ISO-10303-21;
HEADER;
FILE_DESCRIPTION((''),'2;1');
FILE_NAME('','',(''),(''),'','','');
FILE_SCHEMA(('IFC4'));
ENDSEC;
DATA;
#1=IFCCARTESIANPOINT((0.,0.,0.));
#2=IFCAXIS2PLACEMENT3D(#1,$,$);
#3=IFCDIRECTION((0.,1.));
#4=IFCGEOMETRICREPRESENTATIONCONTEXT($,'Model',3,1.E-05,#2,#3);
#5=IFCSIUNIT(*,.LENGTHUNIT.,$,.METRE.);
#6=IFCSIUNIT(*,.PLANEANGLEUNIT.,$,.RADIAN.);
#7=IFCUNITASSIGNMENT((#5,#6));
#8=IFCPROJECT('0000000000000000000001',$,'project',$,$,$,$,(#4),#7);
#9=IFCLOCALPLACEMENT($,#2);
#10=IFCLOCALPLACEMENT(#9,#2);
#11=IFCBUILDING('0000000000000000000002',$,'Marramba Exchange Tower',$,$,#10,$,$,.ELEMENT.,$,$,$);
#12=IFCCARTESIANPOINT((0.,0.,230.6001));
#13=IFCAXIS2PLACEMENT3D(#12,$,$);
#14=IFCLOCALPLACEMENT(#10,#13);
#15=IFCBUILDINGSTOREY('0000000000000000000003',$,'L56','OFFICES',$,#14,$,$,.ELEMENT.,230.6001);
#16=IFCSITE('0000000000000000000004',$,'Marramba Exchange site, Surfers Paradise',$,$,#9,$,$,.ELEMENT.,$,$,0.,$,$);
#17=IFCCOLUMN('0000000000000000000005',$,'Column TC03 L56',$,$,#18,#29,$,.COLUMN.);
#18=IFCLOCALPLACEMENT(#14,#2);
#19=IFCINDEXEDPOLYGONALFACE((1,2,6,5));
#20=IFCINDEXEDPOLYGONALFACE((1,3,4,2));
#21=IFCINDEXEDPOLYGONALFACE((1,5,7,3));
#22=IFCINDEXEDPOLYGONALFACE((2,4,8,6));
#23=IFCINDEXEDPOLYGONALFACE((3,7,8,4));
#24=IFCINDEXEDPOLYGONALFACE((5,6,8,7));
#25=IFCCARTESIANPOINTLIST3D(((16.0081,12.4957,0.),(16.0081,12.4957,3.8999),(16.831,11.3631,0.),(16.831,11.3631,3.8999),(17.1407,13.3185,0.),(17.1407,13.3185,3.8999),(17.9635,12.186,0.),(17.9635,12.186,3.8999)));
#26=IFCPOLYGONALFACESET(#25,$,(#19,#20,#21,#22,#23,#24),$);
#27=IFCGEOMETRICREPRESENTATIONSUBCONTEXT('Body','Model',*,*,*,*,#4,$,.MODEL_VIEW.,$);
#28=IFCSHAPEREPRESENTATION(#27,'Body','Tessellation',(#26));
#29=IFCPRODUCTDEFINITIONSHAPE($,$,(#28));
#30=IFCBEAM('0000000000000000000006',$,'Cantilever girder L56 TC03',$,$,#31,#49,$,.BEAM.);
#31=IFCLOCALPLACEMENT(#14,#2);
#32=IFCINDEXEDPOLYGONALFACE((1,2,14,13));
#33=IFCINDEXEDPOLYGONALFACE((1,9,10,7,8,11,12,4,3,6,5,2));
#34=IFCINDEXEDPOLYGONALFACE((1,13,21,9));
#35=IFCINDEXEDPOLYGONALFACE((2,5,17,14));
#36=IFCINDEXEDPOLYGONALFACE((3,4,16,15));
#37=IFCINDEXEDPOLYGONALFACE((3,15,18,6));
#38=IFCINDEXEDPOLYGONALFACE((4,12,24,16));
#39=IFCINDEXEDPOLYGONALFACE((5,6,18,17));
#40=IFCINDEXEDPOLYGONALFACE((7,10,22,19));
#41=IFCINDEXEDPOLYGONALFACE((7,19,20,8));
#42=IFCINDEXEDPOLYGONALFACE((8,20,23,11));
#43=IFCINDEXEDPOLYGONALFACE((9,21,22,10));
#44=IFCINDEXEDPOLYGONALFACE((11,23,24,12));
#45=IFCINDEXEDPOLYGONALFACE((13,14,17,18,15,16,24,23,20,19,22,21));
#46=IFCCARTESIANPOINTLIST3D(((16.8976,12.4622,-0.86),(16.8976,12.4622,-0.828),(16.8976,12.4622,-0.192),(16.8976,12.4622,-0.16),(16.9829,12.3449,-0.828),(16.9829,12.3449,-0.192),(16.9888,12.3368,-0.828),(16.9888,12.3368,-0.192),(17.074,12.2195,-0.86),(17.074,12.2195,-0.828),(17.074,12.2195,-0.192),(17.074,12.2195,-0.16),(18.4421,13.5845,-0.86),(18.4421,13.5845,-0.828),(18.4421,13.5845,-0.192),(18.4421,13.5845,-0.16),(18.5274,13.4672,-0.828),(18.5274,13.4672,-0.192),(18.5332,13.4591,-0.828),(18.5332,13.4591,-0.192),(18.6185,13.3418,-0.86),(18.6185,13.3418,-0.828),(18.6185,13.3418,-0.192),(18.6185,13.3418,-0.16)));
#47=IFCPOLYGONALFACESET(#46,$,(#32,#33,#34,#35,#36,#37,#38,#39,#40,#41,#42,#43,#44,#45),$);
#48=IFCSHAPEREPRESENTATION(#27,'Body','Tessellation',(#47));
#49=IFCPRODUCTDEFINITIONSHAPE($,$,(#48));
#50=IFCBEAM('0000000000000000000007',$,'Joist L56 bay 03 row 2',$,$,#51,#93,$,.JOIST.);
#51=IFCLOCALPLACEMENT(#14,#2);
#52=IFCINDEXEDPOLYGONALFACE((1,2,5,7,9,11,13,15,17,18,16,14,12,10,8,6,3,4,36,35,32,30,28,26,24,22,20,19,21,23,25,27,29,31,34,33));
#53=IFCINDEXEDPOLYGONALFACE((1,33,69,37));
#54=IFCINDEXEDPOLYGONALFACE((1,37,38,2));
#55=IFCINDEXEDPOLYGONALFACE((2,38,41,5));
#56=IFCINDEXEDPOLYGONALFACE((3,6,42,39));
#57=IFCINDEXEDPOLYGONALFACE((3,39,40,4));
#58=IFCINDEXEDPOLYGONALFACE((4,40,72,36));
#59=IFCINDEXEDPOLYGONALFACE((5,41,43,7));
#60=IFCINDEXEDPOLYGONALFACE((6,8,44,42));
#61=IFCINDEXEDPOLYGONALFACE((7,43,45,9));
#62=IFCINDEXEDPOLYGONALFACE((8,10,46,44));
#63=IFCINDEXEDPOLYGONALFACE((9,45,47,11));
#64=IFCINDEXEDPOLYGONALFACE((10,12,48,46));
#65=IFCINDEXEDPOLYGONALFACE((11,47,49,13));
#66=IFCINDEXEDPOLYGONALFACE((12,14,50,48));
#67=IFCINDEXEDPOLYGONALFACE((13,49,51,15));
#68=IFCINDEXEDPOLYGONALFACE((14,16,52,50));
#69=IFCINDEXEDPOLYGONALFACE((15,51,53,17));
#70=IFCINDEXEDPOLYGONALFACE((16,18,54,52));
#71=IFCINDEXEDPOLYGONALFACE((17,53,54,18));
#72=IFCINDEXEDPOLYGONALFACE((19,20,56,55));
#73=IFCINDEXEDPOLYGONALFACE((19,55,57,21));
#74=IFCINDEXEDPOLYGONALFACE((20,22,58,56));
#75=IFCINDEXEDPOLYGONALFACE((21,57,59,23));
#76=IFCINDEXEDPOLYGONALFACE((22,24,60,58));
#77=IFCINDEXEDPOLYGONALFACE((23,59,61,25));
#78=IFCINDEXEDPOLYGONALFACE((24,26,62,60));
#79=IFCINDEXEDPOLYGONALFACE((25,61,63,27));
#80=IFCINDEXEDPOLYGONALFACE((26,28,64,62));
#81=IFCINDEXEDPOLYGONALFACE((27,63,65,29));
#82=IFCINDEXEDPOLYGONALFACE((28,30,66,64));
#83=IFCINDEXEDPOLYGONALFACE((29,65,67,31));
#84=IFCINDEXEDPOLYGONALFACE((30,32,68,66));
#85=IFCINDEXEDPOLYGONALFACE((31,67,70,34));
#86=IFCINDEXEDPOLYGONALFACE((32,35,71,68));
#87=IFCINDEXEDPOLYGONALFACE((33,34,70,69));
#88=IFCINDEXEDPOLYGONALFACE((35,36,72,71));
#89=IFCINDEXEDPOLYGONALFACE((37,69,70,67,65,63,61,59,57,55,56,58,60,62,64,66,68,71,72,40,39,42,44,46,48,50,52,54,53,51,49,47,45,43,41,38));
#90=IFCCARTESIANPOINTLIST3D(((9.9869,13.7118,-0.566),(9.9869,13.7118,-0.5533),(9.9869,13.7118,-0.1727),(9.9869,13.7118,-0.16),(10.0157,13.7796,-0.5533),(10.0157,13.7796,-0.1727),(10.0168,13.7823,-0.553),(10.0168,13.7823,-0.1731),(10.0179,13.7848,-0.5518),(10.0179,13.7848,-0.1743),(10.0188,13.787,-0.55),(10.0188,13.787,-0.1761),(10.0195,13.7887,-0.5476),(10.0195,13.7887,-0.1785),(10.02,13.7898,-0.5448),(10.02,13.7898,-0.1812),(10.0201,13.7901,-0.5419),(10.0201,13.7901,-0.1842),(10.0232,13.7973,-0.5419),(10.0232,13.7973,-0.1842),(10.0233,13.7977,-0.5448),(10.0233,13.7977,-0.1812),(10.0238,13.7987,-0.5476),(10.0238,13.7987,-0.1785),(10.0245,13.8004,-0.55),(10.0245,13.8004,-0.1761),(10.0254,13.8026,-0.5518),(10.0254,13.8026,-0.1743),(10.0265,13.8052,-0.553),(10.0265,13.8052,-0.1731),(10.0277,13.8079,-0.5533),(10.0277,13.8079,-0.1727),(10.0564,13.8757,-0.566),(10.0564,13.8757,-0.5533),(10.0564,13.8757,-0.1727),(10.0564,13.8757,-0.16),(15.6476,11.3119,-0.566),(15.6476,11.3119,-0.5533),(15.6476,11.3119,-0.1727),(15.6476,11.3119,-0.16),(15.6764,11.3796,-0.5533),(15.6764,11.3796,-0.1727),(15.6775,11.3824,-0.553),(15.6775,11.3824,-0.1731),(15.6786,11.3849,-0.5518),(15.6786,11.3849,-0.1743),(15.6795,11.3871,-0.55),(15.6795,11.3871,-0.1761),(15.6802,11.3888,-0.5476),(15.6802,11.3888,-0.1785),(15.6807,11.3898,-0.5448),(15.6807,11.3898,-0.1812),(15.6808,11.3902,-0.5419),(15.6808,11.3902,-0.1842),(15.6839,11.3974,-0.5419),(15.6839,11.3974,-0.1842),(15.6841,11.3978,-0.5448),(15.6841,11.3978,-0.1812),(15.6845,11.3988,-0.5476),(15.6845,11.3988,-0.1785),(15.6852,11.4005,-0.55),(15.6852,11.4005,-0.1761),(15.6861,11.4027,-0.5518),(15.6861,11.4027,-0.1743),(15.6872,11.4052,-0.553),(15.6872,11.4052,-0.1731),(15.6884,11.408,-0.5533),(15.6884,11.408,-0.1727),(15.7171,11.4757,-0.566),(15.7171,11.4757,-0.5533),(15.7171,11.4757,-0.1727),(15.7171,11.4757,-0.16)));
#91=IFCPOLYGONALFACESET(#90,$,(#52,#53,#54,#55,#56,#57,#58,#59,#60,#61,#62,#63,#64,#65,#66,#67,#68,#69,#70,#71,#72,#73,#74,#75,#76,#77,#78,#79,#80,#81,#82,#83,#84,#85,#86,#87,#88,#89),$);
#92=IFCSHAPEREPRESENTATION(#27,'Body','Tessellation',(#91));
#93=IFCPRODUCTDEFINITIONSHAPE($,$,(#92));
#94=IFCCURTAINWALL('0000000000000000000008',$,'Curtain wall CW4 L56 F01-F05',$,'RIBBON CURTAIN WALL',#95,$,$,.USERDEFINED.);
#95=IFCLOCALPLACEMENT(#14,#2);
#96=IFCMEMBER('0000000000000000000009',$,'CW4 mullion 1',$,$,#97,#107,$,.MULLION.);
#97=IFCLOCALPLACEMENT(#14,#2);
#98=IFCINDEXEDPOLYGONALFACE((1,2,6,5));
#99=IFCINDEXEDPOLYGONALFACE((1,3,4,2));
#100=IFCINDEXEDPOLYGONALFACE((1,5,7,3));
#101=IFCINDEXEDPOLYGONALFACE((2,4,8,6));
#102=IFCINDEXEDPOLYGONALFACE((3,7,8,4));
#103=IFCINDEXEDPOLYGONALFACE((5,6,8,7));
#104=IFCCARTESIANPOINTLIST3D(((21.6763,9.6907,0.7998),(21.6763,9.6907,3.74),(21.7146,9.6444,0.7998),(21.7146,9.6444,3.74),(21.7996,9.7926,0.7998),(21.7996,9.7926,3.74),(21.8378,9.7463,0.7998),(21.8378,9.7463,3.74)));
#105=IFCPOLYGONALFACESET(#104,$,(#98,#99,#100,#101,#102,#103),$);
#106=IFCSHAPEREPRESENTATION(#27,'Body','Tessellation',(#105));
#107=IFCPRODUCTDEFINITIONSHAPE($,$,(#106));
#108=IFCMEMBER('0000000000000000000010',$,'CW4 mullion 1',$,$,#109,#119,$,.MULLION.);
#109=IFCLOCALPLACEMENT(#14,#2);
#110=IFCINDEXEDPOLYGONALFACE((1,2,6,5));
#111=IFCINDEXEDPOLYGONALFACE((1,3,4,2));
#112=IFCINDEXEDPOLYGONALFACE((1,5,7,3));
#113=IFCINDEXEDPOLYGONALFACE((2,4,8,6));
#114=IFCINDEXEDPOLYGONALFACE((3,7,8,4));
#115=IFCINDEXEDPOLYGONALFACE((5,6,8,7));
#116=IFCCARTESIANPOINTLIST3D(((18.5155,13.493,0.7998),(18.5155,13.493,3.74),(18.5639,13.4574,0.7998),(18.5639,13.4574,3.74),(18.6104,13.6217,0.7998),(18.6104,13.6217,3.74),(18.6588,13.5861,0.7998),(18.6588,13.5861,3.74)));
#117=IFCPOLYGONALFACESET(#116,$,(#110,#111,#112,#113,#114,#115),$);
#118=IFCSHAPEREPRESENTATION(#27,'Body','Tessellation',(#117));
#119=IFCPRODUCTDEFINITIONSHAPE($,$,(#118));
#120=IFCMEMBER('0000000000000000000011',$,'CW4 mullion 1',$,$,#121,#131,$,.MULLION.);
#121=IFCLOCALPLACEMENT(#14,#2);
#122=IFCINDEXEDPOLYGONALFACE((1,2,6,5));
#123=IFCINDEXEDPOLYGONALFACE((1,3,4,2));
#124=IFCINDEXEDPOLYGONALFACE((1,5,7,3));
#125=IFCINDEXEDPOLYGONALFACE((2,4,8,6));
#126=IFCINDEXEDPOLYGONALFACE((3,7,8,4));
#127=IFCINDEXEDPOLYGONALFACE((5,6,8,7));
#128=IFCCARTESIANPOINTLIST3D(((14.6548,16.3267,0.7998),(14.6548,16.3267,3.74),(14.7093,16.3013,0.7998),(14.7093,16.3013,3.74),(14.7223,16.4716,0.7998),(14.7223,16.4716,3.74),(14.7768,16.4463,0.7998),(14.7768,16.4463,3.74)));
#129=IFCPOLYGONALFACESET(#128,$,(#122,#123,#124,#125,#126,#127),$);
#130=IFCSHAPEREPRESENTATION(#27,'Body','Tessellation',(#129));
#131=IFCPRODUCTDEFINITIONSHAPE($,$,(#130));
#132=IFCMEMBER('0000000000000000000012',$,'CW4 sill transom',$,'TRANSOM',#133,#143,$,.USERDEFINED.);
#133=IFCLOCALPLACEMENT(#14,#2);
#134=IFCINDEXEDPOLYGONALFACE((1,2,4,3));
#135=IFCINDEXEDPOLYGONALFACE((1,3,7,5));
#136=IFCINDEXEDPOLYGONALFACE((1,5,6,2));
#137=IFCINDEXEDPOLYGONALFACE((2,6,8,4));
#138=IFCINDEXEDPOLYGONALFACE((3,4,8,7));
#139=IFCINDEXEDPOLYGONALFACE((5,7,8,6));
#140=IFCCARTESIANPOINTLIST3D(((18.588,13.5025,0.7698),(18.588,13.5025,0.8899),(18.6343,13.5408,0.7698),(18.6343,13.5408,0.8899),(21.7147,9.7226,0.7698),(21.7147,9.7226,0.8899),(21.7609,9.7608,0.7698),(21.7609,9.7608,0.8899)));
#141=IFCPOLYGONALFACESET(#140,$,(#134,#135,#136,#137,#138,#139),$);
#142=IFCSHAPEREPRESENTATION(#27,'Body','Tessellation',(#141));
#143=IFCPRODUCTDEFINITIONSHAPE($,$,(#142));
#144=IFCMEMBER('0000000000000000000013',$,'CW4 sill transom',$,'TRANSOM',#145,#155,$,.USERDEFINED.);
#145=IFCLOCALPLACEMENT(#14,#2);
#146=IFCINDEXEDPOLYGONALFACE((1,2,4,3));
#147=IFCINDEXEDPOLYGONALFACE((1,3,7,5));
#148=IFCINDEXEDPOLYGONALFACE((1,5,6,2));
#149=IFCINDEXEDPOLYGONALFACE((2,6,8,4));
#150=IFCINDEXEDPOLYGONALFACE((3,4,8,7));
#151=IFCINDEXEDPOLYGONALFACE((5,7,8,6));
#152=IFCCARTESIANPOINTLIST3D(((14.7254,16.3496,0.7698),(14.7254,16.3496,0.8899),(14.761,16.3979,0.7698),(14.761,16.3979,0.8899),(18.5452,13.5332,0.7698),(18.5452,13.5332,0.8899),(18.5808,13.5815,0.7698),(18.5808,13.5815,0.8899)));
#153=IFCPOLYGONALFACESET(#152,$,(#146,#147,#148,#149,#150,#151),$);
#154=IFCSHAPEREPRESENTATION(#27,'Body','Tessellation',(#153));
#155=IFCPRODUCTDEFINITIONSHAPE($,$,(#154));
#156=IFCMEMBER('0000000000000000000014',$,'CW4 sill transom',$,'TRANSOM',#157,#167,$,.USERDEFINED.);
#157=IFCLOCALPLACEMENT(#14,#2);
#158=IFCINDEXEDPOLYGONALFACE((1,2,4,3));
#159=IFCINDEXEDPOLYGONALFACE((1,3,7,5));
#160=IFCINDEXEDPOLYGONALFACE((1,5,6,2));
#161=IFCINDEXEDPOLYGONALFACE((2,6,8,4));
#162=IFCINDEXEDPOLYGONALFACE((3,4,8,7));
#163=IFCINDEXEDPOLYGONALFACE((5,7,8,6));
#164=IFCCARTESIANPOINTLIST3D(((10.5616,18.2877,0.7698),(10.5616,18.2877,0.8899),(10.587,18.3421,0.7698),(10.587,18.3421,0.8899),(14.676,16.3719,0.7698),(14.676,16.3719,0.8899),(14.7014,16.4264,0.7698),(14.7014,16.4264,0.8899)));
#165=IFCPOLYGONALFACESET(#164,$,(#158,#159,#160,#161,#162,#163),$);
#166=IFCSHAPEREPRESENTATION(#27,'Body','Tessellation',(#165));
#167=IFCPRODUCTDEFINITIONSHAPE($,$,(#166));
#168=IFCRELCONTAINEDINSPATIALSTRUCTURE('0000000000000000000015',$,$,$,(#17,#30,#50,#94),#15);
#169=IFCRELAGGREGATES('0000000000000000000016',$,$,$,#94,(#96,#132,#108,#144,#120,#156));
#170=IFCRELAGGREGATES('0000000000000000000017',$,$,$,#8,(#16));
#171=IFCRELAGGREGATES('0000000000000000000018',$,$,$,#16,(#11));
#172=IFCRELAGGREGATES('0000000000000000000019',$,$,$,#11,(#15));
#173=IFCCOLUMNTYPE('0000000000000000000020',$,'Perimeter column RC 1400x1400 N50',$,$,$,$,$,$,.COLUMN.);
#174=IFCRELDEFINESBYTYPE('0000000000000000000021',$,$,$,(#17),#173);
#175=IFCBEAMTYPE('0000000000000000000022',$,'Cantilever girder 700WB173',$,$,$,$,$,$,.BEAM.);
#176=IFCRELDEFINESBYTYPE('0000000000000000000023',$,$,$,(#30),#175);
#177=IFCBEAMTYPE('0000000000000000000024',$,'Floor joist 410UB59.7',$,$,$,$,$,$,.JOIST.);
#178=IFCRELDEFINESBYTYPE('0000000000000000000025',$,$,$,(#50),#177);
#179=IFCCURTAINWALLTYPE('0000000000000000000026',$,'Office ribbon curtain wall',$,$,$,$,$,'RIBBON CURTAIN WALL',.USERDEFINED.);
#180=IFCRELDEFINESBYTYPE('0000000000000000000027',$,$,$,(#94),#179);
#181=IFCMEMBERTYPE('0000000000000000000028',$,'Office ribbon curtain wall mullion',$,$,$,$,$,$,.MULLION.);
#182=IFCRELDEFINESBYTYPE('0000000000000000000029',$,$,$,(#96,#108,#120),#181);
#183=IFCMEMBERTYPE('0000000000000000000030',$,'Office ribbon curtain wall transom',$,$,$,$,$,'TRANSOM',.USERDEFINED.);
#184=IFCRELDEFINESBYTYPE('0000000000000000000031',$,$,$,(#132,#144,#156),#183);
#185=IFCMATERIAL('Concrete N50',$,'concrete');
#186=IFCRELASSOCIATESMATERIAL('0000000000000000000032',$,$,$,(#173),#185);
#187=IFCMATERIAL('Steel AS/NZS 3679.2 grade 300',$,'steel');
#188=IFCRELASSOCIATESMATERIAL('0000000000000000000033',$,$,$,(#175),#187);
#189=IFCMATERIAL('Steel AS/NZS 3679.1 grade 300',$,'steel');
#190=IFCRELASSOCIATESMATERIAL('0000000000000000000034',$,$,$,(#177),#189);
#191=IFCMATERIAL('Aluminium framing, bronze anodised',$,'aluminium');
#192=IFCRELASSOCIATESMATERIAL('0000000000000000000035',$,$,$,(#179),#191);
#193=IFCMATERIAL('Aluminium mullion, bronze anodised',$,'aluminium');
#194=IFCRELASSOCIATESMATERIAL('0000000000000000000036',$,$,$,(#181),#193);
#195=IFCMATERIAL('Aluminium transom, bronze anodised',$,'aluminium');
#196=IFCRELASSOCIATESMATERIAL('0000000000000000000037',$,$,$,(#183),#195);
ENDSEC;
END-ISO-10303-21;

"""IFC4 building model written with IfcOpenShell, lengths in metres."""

from ifc_helpers import new_model, si_unit, direction, frame, origin, origin_2d, place, context, subcontext, project, spatial, rectangle, i_section, extrude, material, material_profile, profile_set, type_object, element, aggregate, save


model = new_model("IFC4")

# Units and contexts
model_context = context("Model", 3, precision=1e-05, world=origin(), true_north=direction((0.0, 1.0)))
body_context = subcontext(model_context, "Body", "Model", "MODEL_VIEW")
ifc_project = project(units=[si_unit("LENGTHUNIT", "METRE"), si_unit("PLANEANGLEUNIT", "RADIAN")], contexts=[model_context])

# Site, building, storey
site_placement = place(None, origin())
site = spatial("IfcSite", under=ifc_project, at=site_placement, Name="Marramba Exchange site, Surfers Paradise", CompositionType="ELEMENT", RefElevation=0.0)
building_placement = place(site_placement, origin())
building = spatial("IfcBuilding", under=site, at=building_placement, Name="Marramba Exchange Tower", CompositionType="ELEMENT")
storey_placement = place(building_placement, frame((0.0, 0.0, 230.6001)))
storey = spatial("IfcBuildingStorey", under=building, at=storey_placement, Name="L56", Description="OFFICES", CompositionType="ELEMENT", Elevation=230.6001)

# Column
ifc_material_1 = material(Name="Concrete N50", Category="concrete")
ifc_material_profile_1 = material_profile(ifc_material_1, rectangle(XDim=1.3999, YDim=1.3999, at=origin_2d()), Name="RC 1400x1400")
ifc_profile_set_1 = profile_set([ifc_material_profile_1], Name="Concrete N50")
column_type = type_object("IfcColumnType", Name="Perimeter column RC 1400x1400 N50", PredefinedType="COLUMN", material=ifc_profile_set_1)
column_placement = place(storey_placement, frame((16.9858, 12.3408, 0.0), z_axis=(0.0, 0.0, 1.0), x_axis=(0.809017, 0.587785, 0.0)))
element("IfcColumn", 1, at=column_placement, inside=storey, type_object=column_type, Name="Column TC03 L56", PredefinedType="COLUMN", context=body_context, shape_type="SweptSolid", body=[
    extrude(rectangle(XDim=1.3999, YDim=1.3999, at=origin_2d()), origin(), (0.0, 0.0, 1.0), 3.8999),
])

# Beams
ifc_material_2 = material(Name="Steel AS/NZS 3679.2 grade 300", Category="steel")
ifc_material_profile_2 = material_profile(ifc_material_2, i_section(OverallWidth=0.3, OverallDepth=0.7, WebThickness=0.01, FlangeThickness=0.032, at=origin_2d()), Name="700WB173")
ifc_profile_set_2 = profile_set([ifc_material_profile_2], Name="Steel AS/NZS 3679.2 grade 300")
beam_type_1 = type_object("IfcBeamType", Name="Cantilever girder 700WB173", PredefinedType="BEAM", material=ifc_profile_set_2)
beam_1_placement = place(storey_placement, frame((16.9858, 12.3408, -0.51), z_axis=(0.808963, 0.58786, 0.0), x_axis=(-0.58786, 0.808963, 0.0)))
element("IfcBeam", 2, at=beam_1_placement, inside=storey, type_object=beam_type_1, Name="Cantilever girder L56 TC03", PredefinedType="BEAM", context=body_context, shape_type="SweptSolid", body=[
    extrude(i_section(OverallWidth=0.3, OverallDepth=0.7, WebThickness=0.01, FlangeThickness=0.032, at=origin_2d()), origin(), (0.0, 0.0, 1.0), 1.9092),
])
ifc_material_3 = material(Name="Steel AS/NZS 3679.1 grade 300", Category="steel")
ifc_material_profile_3 = material_profile(ifc_material_3, i_section(OverallWidth=0.178, OverallDepth=0.406, WebThickness=0.0078, FlangeThickness=0.0127, FilletRadius=0.0115, at=origin_2d()), Name="410UB59.7")
ifc_profile_set_3 = profile_set([ifc_material_profile_3], Name="Steel AS/NZS 3679.1 grade 300")
beam_type_2 = type_object("IfcBeamType", Name="Floor joist 410UB59.7", PredefinedType="JOIST", material=ifc_profile_set_3)
beam_2_placement = place(storey_placement, frame((15.6824, 11.3938, -0.363), z_axis=(-0.920674, 0.390332, 0.0), x_axis=(-0.390332, -0.920674, 0.0)))
element("IfcBeam", 3, at=beam_2_placement, inside=storey, type_object=beam_type_2, Name="Joist L56 bay 03 row 2", PredefinedType="JOIST", context=body_context, shape_type="SweptSolid", body=[
    extrude(i_section(OverallWidth=0.178, OverallDepth=0.406, WebThickness=0.0078, FlangeThickness=0.0127, FilletRadius=0.0115, at=origin_2d()), origin(), (0.0, 0.0, 1.0), 6.1484),
])

# Curtain wall, members
ifc_material_4 = material(Name="Aluminium framing, bronze anodised", Category="aluminium")
curtain_wall_type = type_object("IfcCurtainWallType", Name="Office ribbon curtain wall", ElementType="RIBBON CURTAIN WALL", PredefinedType="USERDEFINED", material=ifc_material_4)
curtain_wall_placement = place(storey_placement, origin())
curtain_wall = element("IfcCurtainWall", 4, at=curtain_wall_placement, inside=storey, type_object=curtain_wall_type, Name="Curtain wall CW4 L56 F01-F05", ObjectType="RIBBON CURTAIN WALL", PredefinedType="USERDEFINED")
ifc_material_5 = material(Name="Aluminium mullion, bronze anodised", Category="aluminium")
ifc_material_profile_4 = material_profile(ifc_material_5, rectangle(XDim=0.1599, YDim=0.0601, at=origin_2d()), Name="CW4 mullion 60x160")
ifc_profile_set_4 = profile_set([ifc_material_profile_4], Name="Aluminium mullion, bronze anodised")
member_type_1 = type_object("IfcMemberType", Name="Office ribbon curtain wall mullion", PredefinedType="MULLION", material=ifc_profile_set_4)
member_1_placement = place(storey_placement, frame((21.7571, 9.7185, 0.7998), z_axis=(0.0, 0.0, 1.0), x_axis=(-0.770574, -0.63735, 0.0)))
member_1 = element("IfcMember", 5, at=member_1_placement, type_object=member_type_1, Name="CW4 mullion 1", PredefinedType="MULLION", context=body_context, shape_type="SweptSolid", body=[
    extrude(rectangle(XDim=0.1599, YDim=0.0601, at=origin_2d()), origin(), (0.0, 0.0, 1.0), 2.9402),
])
member_2_placement = place(storey_placement, frame((18.5872, 13.5396, 0.7998), z_axis=(0.0, 0.0, 1.0), x_axis=(-0.593441, -0.804877, 0.0)))
member_2 = element("IfcMember", 6, at=member_2_placement, type_object=member_type_1, Name="CW4 mullion 1", PredefinedType="MULLION", context=body_context, shape_type="SweptSolid", body=[
    extrude(rectangle(XDim=0.1599, YDim=0.0601, at=origin_2d()), origin(), (0.0, 0.0, 1.0), 2.9402),
])
member_3_placement = place(storey_placement, frame((14.7158, 16.3865, 0.7998), z_axis=(0.0, 0.0, 1.0), x_axis=(-0.422133, -0.906534, 0.0)))
member_3 = element("IfcMember", 7, at=member_3_placement, type_object=member_type_1, Name="CW4 mullion 1", PredefinedType="MULLION", context=body_context, shape_type="SweptSolid", body=[
    extrude(rectangle(XDim=0.1599, YDim=0.0601, at=origin_2d()), origin(), (0.0, 0.0, 1.0), 2.9402),
])
ifc_material_6 = material(Name="Aluminium transom, bronze anodised", Category="aluminium")
ifc_material_profile_5 = material_profile(ifc_material_6, rectangle(XDim=0.0601, YDim=0.1201, at=origin_2d()), Name="CW4 transom 60x120")
ifc_profile_set_5 = profile_set([ifc_material_profile_5], Name="Aluminium transom, bronze anodised")
member_type_2 = type_object("IfcMemberType", Name="Office ribbon curtain wall transom", ElementType="TRANSOM", PredefinedType="USERDEFINED", material=ifc_profile_set_5)
member_4_placement = place(storey_placement, frame((21.7378, 9.7417, 0.8298), z_axis=(-0.637375, 0.770554, 0.0), x_axis=(-0.770554, -0.637375, 0.0)))
member_4 = element("IfcMember", 8, at=member_4_placement, type_object=member_type_2, Name="CW4 sill transom", ObjectType="TRANSOM", PredefinedType="USERDEFINED", context=body_context, shape_type="SweptSolid", body=[
    extrude(rectangle(XDim=0.0601, YDim=0.1201, at=origin_2d()), origin(), (0.0, 0.0, 1.0), 4.9055),
])
member_5_placement = place(storey_placement, frame((18.563, 13.5574, 0.8298), z_axis=(-0.804875, 0.593445, 0.0), x_axis=(-0.593445, -0.804875, 0.0)))
member_5 = element("IfcMember", 9, at=member_5_placement, type_object=member_type_2, Name="CW4 sill transom", ObjectType="TRANSOM", PredefinedType="USERDEFINED", context=body_context, shape_type="SweptSolid", body=[
    extrude(rectangle(XDim=0.0601, YDim=0.1201, at=origin_2d()), origin(), (0.0, 0.0, 1.0), 4.7458),
])
member_6_placement = place(storey_placement, frame((14.6887, 16.3992, 0.8298), z_axis=(-0.906548, 0.422102, 0.0), x_axis=(-0.422102, -0.906548, 0.0)))
member_6 = element("IfcMember", 10, at=member_6_placement, type_object=member_type_2, Name="CW4 sill transom", ObjectType="TRANSOM", PredefinedType="USERDEFINED", context=body_context, shape_type="SweptSolid", body=[
    extrude(rectangle(XDim=0.0601, YDim=0.1201, at=origin_2d()), origin(), (0.0, 0.0, 1.0), 4.5386),
])

aggregate(curtain_wall, [member_1, member_4, member_2, member_5, member_3, member_6])

save(model, "model.ifc")
